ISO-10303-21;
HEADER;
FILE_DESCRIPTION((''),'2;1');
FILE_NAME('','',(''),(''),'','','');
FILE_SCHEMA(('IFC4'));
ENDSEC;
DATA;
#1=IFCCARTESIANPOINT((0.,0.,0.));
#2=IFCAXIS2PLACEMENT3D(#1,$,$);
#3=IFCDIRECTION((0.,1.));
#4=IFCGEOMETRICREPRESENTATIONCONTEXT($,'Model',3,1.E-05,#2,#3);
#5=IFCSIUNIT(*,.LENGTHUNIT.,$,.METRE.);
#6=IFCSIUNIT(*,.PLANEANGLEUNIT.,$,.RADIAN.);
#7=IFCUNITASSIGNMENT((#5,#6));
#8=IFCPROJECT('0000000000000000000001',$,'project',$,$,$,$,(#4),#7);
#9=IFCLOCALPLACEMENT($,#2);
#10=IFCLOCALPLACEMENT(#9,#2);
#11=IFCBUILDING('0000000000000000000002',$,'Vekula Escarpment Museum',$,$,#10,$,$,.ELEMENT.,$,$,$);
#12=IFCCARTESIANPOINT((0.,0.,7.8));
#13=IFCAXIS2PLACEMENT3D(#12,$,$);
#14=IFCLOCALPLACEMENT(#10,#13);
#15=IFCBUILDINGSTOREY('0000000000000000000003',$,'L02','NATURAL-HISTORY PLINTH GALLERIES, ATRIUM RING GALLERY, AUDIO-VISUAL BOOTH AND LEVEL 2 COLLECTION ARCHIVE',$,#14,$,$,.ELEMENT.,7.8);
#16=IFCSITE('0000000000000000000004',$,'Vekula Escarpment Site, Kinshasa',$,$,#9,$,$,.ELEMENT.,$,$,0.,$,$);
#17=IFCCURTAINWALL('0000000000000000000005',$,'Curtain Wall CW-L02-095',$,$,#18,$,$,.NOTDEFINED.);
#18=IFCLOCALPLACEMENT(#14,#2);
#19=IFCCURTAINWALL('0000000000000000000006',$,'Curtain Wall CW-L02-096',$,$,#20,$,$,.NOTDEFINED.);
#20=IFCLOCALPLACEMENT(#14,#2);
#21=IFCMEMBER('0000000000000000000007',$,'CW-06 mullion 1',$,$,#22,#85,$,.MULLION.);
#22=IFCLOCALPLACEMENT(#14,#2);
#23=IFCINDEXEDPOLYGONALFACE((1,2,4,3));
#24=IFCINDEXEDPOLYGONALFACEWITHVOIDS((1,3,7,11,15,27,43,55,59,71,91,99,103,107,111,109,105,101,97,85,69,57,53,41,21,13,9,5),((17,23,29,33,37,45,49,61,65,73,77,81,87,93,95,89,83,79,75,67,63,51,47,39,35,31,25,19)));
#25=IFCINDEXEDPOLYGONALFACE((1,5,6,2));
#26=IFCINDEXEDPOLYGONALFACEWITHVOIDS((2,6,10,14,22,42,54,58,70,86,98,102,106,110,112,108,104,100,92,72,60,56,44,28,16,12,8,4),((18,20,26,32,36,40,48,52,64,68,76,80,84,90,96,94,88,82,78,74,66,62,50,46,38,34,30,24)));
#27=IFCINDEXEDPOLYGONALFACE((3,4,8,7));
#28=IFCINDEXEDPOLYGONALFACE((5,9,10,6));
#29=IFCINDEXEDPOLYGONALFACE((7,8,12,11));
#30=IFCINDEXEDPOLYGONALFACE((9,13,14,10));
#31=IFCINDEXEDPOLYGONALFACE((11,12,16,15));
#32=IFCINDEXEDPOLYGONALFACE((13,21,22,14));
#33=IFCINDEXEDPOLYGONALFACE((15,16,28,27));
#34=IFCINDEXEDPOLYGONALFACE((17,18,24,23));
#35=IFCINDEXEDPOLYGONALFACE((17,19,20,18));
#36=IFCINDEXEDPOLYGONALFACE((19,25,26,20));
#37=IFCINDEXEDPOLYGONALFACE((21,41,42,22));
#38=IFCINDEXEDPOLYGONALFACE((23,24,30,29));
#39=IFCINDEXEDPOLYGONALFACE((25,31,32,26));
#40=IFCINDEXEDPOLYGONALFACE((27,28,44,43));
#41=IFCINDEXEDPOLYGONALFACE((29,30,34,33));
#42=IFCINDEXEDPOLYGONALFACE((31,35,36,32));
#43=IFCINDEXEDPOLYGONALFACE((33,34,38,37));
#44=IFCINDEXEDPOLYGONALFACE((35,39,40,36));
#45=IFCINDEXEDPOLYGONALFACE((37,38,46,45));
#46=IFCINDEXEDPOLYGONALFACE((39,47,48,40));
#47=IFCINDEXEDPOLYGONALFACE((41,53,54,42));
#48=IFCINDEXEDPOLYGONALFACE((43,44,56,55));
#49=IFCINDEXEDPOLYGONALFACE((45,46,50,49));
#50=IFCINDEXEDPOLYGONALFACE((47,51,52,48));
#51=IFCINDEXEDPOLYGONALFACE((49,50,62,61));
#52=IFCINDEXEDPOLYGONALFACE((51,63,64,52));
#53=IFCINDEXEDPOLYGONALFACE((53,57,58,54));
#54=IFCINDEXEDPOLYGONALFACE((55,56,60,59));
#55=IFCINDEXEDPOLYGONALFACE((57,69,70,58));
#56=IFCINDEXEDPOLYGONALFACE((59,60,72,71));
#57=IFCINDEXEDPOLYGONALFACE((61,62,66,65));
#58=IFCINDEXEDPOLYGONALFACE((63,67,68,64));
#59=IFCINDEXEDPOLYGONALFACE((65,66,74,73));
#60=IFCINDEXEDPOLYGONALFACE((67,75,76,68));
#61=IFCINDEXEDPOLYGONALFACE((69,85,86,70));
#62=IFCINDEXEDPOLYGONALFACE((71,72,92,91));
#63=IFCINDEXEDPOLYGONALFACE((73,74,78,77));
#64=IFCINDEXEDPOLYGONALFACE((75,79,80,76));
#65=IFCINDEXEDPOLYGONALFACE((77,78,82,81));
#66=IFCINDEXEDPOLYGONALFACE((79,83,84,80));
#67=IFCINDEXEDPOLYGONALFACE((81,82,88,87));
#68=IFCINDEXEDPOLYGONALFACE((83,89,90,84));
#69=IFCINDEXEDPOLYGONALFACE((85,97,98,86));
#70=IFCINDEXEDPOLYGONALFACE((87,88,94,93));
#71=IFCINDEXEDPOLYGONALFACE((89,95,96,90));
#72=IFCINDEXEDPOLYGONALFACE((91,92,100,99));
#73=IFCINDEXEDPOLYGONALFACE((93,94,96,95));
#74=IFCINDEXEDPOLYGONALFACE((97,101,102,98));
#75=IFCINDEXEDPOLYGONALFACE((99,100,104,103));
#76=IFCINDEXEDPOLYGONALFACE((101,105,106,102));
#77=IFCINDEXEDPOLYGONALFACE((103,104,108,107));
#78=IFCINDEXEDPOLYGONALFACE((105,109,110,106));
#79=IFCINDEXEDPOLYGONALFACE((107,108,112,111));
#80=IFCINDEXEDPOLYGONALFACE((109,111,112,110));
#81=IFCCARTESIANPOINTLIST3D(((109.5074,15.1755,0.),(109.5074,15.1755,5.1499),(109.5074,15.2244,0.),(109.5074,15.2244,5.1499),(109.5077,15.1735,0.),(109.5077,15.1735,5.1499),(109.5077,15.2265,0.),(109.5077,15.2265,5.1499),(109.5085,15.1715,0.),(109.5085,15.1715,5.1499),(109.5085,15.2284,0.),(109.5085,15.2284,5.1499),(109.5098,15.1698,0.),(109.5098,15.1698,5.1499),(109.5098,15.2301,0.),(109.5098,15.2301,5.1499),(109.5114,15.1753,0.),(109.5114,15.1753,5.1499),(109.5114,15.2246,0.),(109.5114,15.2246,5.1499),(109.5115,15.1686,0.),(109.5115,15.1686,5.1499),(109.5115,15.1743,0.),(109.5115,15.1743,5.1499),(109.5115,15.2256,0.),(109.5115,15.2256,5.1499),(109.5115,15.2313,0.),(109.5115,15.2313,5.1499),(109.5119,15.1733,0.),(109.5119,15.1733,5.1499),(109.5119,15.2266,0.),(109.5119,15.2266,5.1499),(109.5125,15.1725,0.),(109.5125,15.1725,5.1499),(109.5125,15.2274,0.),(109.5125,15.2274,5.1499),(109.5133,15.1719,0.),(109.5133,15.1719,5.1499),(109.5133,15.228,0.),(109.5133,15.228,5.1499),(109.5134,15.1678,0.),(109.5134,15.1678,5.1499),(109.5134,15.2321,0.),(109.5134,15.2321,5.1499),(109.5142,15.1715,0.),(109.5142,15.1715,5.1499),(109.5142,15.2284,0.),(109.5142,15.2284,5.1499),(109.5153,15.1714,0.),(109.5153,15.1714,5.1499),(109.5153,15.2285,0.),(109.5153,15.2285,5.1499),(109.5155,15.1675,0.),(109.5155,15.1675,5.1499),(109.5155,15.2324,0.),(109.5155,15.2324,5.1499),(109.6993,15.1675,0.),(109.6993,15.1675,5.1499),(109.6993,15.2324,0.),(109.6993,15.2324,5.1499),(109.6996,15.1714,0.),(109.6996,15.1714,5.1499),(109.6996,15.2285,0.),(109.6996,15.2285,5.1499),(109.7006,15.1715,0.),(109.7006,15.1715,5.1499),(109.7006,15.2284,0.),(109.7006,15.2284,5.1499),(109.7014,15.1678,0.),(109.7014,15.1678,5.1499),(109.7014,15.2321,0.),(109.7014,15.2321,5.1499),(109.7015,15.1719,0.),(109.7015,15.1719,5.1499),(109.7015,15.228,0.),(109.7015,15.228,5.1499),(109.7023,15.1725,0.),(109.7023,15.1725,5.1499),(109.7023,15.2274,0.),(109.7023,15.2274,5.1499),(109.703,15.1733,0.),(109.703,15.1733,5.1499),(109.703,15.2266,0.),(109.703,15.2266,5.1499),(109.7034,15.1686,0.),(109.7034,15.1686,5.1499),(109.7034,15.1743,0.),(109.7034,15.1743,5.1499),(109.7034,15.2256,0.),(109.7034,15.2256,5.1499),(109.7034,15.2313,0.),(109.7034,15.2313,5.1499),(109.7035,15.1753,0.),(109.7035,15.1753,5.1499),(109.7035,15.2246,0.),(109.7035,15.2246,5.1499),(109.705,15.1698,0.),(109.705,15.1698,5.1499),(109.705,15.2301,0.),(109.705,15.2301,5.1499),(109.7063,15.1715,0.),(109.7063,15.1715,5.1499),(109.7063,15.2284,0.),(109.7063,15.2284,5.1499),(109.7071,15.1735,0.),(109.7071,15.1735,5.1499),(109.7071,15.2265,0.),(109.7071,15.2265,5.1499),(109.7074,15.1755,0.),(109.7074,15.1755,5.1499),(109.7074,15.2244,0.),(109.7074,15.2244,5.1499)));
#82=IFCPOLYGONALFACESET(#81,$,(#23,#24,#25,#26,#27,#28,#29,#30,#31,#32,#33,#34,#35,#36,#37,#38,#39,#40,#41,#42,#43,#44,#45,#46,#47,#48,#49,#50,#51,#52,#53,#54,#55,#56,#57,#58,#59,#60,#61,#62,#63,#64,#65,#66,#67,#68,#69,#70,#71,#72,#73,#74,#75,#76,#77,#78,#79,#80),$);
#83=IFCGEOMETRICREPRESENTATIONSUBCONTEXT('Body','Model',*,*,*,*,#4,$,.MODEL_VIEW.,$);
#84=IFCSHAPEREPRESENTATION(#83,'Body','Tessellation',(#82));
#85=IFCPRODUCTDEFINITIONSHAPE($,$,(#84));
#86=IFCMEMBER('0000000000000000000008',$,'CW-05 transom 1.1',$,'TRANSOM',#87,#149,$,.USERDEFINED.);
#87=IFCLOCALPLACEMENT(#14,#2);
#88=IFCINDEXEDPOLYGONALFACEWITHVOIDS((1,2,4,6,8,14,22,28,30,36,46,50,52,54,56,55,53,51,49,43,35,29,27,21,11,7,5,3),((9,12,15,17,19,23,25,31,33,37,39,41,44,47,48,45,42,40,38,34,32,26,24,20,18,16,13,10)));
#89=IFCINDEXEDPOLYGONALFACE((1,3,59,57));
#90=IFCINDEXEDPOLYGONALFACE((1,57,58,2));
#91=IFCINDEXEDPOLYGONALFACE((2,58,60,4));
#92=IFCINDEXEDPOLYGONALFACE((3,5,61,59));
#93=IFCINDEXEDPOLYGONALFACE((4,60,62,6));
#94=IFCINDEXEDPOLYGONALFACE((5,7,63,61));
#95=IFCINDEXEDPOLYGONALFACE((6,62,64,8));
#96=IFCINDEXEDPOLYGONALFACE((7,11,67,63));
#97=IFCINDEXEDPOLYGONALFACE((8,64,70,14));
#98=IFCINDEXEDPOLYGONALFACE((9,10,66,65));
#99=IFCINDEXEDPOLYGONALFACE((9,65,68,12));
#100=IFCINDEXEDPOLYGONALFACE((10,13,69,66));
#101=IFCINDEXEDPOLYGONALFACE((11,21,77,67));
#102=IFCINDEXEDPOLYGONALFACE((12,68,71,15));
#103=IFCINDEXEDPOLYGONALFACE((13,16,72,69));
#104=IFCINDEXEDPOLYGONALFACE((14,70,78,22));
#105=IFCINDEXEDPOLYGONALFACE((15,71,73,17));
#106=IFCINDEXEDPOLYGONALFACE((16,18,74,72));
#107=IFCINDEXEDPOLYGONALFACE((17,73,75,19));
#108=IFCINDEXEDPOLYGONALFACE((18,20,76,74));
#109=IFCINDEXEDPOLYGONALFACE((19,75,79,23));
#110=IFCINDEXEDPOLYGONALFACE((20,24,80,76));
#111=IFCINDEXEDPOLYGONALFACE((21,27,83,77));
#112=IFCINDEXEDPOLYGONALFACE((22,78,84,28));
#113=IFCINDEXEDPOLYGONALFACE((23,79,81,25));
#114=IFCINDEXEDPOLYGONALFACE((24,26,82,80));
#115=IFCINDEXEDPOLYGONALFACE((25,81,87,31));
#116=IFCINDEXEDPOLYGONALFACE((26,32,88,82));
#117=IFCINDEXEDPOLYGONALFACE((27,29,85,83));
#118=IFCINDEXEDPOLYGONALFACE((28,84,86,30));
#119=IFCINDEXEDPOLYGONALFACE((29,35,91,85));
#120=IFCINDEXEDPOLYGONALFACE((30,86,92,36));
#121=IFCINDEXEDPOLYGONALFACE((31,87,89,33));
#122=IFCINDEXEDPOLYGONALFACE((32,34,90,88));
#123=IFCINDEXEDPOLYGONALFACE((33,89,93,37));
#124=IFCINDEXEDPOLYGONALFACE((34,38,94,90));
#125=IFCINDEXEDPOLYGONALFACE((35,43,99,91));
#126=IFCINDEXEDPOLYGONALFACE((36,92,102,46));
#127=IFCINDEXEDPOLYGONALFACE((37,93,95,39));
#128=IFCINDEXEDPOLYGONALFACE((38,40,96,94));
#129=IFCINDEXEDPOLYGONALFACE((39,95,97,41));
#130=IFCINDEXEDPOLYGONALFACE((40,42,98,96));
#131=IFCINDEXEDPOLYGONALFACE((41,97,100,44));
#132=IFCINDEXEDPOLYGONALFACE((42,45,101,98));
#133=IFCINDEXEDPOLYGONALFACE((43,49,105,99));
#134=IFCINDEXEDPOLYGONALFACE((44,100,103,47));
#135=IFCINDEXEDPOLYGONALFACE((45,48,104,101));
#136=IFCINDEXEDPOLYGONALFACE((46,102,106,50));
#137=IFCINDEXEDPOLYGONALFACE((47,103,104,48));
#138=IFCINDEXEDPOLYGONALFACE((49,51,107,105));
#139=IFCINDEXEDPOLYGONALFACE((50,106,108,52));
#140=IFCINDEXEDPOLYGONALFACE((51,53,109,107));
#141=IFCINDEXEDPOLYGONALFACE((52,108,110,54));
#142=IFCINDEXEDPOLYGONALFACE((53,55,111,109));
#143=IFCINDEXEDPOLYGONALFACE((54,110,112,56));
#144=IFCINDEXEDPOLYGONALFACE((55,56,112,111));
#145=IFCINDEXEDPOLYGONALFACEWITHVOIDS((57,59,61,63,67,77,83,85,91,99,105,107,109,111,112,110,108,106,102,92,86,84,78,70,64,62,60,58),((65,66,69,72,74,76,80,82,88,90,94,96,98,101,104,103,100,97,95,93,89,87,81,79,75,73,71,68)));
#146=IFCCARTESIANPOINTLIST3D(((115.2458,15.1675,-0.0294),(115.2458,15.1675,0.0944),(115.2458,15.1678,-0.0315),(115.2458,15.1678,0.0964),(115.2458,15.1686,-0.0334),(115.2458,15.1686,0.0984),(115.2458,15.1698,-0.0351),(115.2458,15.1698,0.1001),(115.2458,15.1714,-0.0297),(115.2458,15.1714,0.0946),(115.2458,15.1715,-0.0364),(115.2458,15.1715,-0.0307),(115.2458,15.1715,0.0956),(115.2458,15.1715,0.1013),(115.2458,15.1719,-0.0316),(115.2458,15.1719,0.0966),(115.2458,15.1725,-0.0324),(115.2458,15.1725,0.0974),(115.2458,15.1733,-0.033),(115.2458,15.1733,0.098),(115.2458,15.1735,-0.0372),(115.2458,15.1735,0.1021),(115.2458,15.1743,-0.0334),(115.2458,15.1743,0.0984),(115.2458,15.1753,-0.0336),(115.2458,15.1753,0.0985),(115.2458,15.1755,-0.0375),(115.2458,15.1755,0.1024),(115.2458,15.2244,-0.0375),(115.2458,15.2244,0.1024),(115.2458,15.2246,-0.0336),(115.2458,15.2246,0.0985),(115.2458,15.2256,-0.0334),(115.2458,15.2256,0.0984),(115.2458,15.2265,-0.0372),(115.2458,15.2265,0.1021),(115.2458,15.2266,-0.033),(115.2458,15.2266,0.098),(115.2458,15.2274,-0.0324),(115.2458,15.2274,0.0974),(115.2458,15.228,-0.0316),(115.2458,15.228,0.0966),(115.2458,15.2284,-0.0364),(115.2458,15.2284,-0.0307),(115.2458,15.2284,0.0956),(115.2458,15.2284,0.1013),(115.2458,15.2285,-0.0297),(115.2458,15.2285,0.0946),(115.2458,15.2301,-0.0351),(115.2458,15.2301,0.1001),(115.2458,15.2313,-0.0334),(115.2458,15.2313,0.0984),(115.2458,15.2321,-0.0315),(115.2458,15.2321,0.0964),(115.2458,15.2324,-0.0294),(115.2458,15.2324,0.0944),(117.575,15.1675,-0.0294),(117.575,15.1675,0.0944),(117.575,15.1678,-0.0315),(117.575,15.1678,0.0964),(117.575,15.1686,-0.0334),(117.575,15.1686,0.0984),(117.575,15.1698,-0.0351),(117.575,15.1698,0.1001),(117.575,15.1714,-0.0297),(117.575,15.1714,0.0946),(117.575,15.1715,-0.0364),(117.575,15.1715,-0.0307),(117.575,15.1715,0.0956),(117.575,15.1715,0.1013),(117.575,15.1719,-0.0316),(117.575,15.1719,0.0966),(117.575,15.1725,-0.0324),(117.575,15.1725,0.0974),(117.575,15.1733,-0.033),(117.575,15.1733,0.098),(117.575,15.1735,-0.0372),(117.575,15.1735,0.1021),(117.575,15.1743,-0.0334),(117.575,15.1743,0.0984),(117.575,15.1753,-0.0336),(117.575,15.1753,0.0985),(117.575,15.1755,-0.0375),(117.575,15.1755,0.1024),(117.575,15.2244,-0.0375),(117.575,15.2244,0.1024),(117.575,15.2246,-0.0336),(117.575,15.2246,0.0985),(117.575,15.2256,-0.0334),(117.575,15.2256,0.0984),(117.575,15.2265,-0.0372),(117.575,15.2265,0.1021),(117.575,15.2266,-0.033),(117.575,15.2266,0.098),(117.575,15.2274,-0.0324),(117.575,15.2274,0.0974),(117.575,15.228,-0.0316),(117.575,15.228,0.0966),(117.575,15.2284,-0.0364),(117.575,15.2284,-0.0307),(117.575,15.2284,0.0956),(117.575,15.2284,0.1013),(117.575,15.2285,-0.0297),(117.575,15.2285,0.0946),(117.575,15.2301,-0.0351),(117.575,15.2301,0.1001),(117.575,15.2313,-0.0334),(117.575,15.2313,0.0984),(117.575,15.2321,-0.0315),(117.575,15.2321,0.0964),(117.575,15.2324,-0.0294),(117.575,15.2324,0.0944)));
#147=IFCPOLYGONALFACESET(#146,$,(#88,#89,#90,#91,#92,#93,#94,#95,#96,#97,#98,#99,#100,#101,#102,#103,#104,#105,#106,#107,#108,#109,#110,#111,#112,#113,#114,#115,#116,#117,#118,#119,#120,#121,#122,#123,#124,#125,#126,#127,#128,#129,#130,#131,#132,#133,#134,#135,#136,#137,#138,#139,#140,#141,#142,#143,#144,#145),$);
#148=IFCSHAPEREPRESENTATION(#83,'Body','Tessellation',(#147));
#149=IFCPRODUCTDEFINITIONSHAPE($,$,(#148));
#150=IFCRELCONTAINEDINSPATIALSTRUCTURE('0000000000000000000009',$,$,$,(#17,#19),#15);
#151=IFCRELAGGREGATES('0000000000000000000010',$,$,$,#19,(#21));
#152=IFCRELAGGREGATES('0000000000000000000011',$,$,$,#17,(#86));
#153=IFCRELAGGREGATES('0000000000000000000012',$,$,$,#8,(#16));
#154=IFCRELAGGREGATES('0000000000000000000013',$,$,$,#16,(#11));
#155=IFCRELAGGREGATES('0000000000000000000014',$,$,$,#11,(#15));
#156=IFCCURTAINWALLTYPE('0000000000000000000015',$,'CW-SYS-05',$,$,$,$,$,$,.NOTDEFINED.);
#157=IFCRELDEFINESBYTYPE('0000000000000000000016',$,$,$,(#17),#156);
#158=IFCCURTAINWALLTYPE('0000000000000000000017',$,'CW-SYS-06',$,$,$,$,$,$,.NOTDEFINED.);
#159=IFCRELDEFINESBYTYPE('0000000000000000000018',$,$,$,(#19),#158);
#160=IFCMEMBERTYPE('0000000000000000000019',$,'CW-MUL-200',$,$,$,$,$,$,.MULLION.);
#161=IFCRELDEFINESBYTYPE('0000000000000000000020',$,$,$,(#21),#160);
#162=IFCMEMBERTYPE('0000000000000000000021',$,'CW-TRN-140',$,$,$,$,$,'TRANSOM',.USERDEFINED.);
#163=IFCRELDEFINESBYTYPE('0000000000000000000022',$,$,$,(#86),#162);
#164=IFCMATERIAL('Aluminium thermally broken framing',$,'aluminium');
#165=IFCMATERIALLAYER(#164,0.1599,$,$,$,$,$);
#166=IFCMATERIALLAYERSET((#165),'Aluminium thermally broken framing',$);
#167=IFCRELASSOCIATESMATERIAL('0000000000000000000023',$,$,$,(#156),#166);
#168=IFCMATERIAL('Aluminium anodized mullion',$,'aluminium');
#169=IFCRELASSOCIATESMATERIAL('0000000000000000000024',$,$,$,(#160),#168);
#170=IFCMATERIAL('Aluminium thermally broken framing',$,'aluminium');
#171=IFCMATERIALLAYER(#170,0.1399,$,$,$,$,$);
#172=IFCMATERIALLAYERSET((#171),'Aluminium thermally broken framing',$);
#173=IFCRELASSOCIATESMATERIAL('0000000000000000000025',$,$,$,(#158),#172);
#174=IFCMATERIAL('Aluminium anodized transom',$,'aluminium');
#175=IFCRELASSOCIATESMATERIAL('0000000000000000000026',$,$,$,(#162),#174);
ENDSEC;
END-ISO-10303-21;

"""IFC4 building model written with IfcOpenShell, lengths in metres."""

from ifc_helpers import new_model, si_unit, direction, frame, origin, origin_2d, place, context, subcontext, project, spatial, hollow_rectangle, extrude, material, layer, layer_set, material_profile, profile_set, type_object, element, aggregate, save


model = new_model("IFC4")

# Units and contexts
model_context = context("Model", 3, precision=1e-05, world=origin(), true_north=direction((0.0, 1.0)))
body_context = subcontext(model_context, "Body", "Model", "MODEL_VIEW")
ifc_project = project(units=[si_unit("LENGTHUNIT", "METRE"), si_unit("PLANEANGLEUNIT", "RADIAN")], contexts=[model_context])

# Site, building, storey
site_placement = place(None, origin())
site = spatial("IfcSite", under=ifc_project, at=site_placement, Name="Vekula Escarpment Site, Kinshasa", CompositionType="ELEMENT", RefElevation=0.0)
building_placement = place(site_placement, origin())
building = spatial("IfcBuilding", under=site, at=building_placement, Name="Vekula Escarpment Museum", CompositionType="ELEMENT")
storey_placement = place(building_placement, frame((0.0, 0.0, 7.8)))
storey = spatial("IfcBuildingStorey", under=building, at=storey_placement, Name="L02", Description="NATURAL-HISTORY PLINTH GALLERIES, ATRIUM RING GALLERY, AUDIO-VISUAL BOOTH AND LEVEL 2 COLLECTION ARCHIVE", CompositionType="ELEMENT", Elevation=7.8)

# Curtain wall
ifc_material_1 = material(Name="Aluminium thermally broken framing", Category="aluminium")
ifc_layer_1 = layer(ifc_material_1, 0.1599)
ifc_layer_set_1 = layer_set([ifc_layer_1], Name="Aluminium thermally broken framing")
curtain_wall_type_1 = type_object("IfcCurtainWallType", Name="CW-SYS-05", PredefinedType="NOTDEFINED", material=ifc_layer_set_1)
curtain_wall_1_placement = place(storey_placement, origin())
curtain_wall_1 = element("IfcCurtainWall", 1, at=curtain_wall_1_placement, inside=storey, type_object=curtain_wall_type_1, Name="Curtain Wall CW-L02-095", PredefinedType="NOTDEFINED")
ifc_material_2 = material(Name="Aluminium anodized mullion", Category="aluminium")
ifc_material_profile_1 = material_profile(ifc_material_2, hollow_rectangle(XDim=0.0649, YDim=0.2, WallThickness=0.0039, InnerFilletRadius=0.0039, OuterFilletRadius=0.0081, at=origin_2d()), Name="ALU 200x65x4")
ifc_profile_set_1 = profile_set([ifc_material_profile_1], Name="Aluminium anodized mullion")
member_type_1 = type_object("IfcMemberType", Name="CW-MUL-200", PredefinedType="MULLION", material=ifc_profile_set_1)

# Curtain wall, member
ifc_material_3 = material(Name="Aluminium thermally broken framing", Category="aluminium")
ifc_layer_2 = layer(ifc_material_3, 0.1399)
ifc_layer_set_2 = layer_set([ifc_layer_2], Name="Aluminium thermally broken framing")
curtain_wall_type_2 = type_object("IfcCurtainWallType", Name="CW-SYS-06", PredefinedType="NOTDEFINED", material=ifc_layer_set_2)
curtain_wall_2_placement = place(storey_placement, origin())
curtain_wall_2 = element("IfcCurtainWall", 2, at=curtain_wall_2_placement, inside=storey, type_object=curtain_wall_type_2, Name="Curtain Wall CW-L02-096", PredefinedType="NOTDEFINED")
member_1_placement = place(storey_placement, frame((109.6074, 15.2, 0.0), z_axis=(0.0, 0.0, 1.0), x_axis=(0.0, -1.0, 0.0)))
member_1 = element("IfcMember", 3, at=member_1_placement, type_object=member_type_1, Name="CW-06 mullion 1", PredefinedType="MULLION", context=body_context, shape_type="SweptSolid", body=[
    extrude(hollow_rectangle(XDim=0.0649, YDim=0.2, WallThickness=0.0039, InnerFilletRadius=0.0039, OuterFilletRadius=0.0081, at=origin_2d()), origin(), (0.0, 0.0, 1.0), 5.1499),
])

# Member
ifc_material_4 = material(Name="Aluminium anodized transom", Category="aluminium")
ifc_material_profile_2 = material_profile(ifc_material_4, hollow_rectangle(XDim=0.0649, YDim=0.1399, WallThickness=0.0039, InnerFilletRadius=0.0039, OuterFilletRadius=0.0081, at=origin_2d()), Name="ALU 140x65x4")
ifc_profile_set_2 = profile_set([ifc_material_profile_2], Name="Aluminium anodized transom")
member_type_2 = type_object("IfcMemberType", Name="CW-TRN-140", ElementType="TRANSOM", PredefinedType="USERDEFINED", material=ifc_profile_set_2)
member_2_placement = place(storey_placement, frame((117.575, 15.2, 0.0325), z_axis=(-1.0, 0.0, 0.0), x_axis=(0.0, -1.0, 0.0)))
member_2 = element("IfcMember", 4, at=member_2_placement, type_object=member_type_2, Name="CW-05 transom 1.1", ObjectType="TRANSOM", PredefinedType="USERDEFINED", context=body_context, shape_type="SweptSolid", body=[
    extrude(hollow_rectangle(XDim=0.0649, YDim=0.1399, WallThickness=0.0039, InnerFilletRadius=0.0039, OuterFilletRadius=0.0081, at=origin_2d()), origin(), (0.0, 0.0, 1.0), 2.3291),
])
aggregate(curtain_wall_2, [member_1])

aggregate(curtain_wall_1, [member_2])

save(model, "model.ifc")
